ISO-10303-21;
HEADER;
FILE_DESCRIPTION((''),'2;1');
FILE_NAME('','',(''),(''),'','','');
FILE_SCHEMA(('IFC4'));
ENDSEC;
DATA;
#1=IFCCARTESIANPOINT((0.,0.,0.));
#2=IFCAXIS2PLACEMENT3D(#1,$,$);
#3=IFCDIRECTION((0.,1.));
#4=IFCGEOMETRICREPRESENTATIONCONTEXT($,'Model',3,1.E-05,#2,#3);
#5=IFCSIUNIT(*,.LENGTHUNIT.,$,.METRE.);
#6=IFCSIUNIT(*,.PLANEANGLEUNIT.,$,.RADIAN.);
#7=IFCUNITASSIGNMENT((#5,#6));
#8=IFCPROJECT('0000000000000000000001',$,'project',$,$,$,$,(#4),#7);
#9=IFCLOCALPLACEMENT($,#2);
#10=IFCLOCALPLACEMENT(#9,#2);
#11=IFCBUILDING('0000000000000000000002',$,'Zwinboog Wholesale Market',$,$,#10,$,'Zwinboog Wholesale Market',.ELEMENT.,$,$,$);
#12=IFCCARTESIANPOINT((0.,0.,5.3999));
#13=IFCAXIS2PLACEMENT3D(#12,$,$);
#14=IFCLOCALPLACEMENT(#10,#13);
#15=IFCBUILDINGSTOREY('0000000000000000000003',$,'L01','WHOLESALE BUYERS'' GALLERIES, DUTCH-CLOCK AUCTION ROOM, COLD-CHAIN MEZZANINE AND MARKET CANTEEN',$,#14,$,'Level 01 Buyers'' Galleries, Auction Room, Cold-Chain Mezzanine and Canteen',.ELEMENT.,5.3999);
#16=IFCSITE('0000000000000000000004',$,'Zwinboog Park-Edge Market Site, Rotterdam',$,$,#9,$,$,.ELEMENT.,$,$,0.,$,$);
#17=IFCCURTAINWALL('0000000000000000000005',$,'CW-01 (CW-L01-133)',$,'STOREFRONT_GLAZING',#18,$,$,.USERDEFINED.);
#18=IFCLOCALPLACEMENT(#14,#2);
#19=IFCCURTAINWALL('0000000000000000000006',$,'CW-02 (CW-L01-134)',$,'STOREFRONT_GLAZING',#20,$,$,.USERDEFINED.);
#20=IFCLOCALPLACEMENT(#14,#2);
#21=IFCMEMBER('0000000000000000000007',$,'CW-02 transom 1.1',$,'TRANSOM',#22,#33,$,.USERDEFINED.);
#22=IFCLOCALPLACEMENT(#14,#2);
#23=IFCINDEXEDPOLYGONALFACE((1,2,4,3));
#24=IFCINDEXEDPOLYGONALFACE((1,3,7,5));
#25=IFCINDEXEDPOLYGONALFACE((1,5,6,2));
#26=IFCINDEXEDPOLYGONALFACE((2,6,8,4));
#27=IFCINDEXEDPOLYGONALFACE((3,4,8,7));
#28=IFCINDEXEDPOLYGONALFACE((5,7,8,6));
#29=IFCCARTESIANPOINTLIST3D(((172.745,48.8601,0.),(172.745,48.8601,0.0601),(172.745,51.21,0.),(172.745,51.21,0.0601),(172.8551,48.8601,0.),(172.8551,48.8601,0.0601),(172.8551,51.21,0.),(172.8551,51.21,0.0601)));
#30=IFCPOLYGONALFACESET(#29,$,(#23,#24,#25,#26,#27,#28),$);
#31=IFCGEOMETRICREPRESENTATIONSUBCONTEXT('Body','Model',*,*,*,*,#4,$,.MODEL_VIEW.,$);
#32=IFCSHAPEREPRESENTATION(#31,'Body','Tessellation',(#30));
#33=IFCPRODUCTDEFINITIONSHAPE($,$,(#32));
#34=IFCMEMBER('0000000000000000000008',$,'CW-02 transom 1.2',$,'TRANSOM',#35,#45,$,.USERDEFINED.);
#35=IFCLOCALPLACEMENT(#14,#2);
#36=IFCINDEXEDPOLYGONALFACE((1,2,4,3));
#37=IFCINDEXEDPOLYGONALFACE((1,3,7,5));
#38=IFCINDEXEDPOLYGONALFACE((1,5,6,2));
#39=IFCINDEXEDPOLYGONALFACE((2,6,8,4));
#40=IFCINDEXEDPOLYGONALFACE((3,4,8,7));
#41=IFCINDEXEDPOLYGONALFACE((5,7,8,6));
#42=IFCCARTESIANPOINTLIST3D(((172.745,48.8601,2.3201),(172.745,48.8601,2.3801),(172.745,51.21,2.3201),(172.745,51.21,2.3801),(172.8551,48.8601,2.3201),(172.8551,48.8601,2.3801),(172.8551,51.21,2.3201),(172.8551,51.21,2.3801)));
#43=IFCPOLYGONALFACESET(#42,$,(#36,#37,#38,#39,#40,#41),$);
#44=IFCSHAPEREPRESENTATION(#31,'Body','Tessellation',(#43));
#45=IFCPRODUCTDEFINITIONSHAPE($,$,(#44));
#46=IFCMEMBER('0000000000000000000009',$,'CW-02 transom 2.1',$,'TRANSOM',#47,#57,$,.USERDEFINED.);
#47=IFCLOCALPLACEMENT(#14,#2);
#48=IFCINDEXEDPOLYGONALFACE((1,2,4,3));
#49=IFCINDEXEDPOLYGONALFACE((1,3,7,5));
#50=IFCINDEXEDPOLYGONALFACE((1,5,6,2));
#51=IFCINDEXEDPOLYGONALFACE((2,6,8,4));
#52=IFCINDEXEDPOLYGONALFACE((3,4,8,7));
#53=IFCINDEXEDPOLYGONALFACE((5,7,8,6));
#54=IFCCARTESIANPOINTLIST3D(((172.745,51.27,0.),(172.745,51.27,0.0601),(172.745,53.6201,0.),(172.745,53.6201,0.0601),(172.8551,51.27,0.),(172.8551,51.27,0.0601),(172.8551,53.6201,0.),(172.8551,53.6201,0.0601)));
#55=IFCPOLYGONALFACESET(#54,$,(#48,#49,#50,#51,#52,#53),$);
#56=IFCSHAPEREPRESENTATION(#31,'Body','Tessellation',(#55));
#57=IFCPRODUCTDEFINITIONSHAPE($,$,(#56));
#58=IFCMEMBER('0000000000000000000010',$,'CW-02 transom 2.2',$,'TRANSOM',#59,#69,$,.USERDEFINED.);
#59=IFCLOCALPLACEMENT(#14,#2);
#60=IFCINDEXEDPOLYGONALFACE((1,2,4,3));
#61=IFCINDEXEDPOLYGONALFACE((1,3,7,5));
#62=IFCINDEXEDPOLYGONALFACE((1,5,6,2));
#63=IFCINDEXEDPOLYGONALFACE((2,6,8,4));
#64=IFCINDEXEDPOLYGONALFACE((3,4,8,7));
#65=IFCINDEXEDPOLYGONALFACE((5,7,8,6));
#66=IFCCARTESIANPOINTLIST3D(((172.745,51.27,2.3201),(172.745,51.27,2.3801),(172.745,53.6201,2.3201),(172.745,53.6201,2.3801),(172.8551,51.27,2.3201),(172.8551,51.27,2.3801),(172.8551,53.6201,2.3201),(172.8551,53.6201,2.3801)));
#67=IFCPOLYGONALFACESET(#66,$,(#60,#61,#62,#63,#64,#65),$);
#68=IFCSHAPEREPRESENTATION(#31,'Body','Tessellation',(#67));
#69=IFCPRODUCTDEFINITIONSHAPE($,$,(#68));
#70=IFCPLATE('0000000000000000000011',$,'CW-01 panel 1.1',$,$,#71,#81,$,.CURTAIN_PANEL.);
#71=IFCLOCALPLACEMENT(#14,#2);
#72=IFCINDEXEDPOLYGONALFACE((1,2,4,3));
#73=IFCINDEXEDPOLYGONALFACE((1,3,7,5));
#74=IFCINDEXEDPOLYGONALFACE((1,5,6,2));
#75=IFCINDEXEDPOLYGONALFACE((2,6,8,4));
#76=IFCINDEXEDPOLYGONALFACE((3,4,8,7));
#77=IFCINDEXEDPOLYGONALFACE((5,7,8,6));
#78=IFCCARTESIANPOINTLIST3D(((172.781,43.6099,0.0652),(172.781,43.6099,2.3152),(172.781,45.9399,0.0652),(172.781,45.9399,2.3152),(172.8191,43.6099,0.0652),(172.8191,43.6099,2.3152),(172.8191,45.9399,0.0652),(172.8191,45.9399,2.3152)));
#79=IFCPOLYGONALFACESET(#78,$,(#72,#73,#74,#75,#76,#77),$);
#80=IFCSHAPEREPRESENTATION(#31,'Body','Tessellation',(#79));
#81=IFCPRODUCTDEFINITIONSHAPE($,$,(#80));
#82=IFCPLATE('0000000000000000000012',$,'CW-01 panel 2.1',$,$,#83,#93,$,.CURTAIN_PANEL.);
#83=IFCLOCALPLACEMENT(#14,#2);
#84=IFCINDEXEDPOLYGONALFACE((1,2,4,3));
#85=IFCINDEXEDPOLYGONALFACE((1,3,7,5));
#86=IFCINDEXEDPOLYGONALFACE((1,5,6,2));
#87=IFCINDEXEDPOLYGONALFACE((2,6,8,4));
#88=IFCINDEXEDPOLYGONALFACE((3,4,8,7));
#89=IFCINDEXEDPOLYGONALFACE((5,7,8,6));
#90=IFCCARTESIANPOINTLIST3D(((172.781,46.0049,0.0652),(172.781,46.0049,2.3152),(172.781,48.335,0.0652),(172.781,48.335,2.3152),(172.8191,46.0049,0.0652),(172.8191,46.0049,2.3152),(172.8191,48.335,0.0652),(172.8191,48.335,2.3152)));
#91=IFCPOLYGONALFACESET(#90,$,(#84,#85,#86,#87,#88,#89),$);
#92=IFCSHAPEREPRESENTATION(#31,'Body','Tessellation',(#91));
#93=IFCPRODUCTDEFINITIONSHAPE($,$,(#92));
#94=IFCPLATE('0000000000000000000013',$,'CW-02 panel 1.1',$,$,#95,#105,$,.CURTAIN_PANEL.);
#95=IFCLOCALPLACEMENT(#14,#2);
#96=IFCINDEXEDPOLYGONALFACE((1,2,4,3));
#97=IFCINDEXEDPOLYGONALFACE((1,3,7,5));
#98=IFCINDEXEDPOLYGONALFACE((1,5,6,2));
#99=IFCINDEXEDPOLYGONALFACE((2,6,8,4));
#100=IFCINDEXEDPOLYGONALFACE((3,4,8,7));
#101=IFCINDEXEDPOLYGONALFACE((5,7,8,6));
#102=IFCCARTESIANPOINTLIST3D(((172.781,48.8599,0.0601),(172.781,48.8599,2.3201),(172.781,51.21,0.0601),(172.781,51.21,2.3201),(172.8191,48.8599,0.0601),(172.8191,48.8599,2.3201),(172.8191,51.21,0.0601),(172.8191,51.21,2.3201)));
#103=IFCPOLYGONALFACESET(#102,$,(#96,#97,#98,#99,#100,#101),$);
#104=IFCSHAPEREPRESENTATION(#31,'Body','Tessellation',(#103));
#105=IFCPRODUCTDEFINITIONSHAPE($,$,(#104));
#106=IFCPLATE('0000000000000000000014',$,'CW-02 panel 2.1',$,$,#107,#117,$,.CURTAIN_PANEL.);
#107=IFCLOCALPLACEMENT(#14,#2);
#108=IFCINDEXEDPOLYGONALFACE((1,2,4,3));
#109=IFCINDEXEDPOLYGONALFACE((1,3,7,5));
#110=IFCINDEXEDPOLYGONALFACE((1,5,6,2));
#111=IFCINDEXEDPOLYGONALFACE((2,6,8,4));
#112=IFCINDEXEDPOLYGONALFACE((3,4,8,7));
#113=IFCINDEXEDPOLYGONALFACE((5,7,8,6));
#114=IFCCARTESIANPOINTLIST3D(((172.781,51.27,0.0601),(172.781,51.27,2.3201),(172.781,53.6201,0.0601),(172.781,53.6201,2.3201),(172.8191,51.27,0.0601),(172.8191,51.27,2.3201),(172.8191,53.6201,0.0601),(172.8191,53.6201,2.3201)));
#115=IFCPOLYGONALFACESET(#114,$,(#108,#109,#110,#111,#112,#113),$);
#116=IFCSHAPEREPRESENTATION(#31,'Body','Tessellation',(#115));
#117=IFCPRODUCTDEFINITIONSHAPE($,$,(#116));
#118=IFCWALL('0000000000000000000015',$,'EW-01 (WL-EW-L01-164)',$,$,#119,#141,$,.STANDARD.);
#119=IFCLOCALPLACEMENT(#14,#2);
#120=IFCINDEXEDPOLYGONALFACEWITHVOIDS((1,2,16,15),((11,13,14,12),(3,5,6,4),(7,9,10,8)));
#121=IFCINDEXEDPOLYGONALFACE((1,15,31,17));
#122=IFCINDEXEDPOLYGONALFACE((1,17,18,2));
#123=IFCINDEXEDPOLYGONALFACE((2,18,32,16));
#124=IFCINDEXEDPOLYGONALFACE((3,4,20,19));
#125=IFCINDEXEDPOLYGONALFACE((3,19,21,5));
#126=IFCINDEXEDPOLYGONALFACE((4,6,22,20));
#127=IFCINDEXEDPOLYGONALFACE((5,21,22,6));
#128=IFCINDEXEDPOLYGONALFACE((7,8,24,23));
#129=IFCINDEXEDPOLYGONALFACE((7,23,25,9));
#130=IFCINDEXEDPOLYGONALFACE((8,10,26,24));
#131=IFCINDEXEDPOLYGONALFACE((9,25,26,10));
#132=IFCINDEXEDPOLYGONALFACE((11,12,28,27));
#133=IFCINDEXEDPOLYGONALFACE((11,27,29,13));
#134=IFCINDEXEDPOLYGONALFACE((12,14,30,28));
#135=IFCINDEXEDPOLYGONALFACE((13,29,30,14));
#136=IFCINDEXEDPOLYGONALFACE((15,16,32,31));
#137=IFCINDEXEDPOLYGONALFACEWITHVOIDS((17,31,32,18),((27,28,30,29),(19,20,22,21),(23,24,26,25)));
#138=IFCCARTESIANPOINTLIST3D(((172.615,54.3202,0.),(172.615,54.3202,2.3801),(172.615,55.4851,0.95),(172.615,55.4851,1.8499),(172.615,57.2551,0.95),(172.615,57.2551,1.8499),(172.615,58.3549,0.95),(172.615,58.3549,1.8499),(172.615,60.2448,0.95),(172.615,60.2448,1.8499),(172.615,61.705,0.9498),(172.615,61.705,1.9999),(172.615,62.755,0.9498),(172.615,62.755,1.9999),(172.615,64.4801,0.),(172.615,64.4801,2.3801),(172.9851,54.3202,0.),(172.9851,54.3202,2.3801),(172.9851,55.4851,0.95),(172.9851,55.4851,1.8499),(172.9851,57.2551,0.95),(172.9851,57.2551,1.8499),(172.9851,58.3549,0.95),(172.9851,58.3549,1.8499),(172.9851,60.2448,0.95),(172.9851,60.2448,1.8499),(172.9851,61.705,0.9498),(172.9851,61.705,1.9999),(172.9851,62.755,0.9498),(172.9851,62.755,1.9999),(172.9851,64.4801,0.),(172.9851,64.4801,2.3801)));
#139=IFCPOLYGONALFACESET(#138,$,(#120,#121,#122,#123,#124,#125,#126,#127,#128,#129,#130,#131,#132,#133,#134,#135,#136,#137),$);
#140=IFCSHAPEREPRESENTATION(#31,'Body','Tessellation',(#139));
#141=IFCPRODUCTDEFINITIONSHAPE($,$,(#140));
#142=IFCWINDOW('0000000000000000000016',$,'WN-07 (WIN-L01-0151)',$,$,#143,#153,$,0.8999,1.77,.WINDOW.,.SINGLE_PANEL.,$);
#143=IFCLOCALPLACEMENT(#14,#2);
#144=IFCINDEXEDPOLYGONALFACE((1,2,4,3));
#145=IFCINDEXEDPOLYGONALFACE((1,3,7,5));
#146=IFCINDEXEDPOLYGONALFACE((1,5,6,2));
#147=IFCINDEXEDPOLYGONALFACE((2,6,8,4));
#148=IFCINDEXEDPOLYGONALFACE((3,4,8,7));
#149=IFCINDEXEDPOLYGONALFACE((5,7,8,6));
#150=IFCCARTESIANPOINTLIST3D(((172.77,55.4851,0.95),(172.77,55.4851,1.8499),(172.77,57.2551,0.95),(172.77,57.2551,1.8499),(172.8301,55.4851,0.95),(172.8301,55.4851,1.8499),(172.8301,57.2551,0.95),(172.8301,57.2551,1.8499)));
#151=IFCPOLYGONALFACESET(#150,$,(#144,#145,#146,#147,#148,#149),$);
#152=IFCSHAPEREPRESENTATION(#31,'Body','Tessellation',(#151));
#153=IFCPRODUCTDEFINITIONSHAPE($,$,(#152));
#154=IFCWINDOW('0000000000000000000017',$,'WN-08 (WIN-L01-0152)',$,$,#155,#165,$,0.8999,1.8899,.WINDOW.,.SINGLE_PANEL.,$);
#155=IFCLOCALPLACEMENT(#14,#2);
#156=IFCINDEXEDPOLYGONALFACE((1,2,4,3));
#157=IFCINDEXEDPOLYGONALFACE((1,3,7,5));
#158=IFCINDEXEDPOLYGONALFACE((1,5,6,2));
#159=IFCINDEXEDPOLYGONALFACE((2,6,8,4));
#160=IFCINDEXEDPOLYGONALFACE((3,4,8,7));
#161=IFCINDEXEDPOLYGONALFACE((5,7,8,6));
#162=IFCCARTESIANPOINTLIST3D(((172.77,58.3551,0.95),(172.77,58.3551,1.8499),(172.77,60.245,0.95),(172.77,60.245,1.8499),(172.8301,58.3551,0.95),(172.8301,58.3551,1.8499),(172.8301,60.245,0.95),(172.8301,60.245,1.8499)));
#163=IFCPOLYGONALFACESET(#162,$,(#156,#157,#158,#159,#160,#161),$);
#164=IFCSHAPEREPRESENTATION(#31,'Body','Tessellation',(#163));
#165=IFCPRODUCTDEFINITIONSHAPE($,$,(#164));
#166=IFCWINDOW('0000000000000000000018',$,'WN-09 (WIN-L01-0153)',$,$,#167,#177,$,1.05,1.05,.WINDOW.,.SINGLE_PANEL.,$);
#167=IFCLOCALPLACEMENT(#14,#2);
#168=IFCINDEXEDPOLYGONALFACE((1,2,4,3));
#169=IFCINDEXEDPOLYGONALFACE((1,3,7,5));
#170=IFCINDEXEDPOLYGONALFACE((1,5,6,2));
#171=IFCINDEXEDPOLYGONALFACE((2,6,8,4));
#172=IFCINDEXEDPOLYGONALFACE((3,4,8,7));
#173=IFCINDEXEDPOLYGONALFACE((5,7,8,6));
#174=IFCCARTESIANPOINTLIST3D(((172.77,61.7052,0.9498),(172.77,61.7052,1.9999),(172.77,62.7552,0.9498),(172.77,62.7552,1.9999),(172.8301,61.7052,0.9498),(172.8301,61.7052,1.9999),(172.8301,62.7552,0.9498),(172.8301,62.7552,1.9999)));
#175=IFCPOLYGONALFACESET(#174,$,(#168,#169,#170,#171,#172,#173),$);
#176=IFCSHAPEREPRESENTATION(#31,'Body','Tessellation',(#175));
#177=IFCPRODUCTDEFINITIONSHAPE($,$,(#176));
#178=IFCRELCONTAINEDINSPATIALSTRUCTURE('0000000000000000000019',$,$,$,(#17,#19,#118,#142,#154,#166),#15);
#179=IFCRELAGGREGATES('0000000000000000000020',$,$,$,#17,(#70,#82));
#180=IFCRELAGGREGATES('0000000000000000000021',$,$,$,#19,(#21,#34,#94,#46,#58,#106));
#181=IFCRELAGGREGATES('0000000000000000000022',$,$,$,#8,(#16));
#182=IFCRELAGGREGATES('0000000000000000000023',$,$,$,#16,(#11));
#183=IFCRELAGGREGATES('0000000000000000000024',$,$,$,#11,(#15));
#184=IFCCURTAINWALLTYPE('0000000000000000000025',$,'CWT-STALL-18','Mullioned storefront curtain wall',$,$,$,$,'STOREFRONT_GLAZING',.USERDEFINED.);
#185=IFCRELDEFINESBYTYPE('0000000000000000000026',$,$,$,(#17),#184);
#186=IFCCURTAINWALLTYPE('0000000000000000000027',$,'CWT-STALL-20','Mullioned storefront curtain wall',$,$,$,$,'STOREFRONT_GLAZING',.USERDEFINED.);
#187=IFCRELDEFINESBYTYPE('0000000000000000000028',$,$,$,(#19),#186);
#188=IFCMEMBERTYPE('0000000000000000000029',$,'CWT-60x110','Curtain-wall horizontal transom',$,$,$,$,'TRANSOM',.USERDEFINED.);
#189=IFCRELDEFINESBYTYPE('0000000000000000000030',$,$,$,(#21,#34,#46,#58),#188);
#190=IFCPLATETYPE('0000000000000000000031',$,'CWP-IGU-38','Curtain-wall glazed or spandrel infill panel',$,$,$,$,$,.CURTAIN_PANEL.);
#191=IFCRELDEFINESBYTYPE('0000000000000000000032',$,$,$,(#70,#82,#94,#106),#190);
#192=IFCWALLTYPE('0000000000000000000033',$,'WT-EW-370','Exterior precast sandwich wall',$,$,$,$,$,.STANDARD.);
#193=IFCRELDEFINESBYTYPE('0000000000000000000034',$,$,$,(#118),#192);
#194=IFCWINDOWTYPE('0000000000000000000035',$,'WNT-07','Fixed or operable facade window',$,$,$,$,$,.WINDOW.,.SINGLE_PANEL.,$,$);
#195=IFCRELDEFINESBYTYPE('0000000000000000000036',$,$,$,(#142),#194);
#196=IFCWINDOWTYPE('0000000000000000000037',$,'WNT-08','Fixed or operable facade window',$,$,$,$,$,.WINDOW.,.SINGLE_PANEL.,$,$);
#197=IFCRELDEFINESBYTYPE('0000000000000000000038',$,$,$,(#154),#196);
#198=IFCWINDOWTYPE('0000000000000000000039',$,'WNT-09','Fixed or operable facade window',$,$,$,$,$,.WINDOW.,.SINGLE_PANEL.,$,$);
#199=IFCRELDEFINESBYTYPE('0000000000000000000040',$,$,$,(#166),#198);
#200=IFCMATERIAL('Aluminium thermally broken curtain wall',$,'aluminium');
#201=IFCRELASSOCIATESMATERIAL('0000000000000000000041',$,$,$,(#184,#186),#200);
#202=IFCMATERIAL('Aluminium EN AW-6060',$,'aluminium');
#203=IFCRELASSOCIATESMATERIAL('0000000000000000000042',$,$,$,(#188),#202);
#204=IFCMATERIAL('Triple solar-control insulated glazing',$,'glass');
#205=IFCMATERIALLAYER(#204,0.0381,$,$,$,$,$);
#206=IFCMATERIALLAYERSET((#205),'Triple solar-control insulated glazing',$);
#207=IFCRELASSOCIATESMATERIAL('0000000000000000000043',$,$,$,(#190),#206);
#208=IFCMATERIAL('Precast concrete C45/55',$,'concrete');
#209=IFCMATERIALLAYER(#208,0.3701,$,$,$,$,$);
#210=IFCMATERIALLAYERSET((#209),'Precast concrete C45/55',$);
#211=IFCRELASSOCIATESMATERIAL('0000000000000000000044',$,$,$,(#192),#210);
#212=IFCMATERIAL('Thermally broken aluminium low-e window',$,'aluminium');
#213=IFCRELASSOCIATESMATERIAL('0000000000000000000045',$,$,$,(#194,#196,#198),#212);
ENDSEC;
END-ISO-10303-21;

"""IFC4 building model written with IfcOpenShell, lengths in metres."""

from ifc_helpers import new_model, si_unit, direction, frame, frame_2d, origin, origin_2d, place, context, subcontext, project, spatial, rectangle, extrude, material, layer, layer_set, material_profile, profile_set, type_object, element, fill, aggregate, save


model = new_model("IFC4")

# Units and contexts
model_context = context("Model", 3, precision=1e-05, world=origin(), true_north=direction((0.0, 1.0)))
body_context = subcontext(model_context, "Body", "Model", "MODEL_VIEW")
ifc_project = project(units=[si_unit("LENGTHUNIT", "METRE"), si_unit("PLANEANGLEUNIT", "RADIAN")], contexts=[model_context])

# Site, building, storey
site_placement = place(None, origin())
site = spatial("IfcSite", under=ifc_project, at=site_placement, Name="Zwinboog Park-Edge Market Site, Rotterdam", CompositionType="ELEMENT", RefElevation=0.0)
building_placement = place(site_placement, origin())
building = spatial("IfcBuilding", under=site, at=building_placement, Name="Zwinboog Wholesale Market", LongName="Zwinboog Wholesale Market", CompositionType="ELEMENT")
storey_placement = place(building_placement, frame((0.0, 0.0, 5.3999)))
storey = spatial("IfcBuildingStorey", under=building, at=storey_placement, Name="L01", Description="WHOLESALE BUYERS' GALLERIES, DUTCH-CLOCK AUCTION ROOM, COLD-CHAIN MEZZANINE AND MARKET CANTEEN", LongName="Level 01 Buyers' Galleries, Auction Room, Cold-Chain Mezzanine and Canteen", CompositionType="ELEMENT", Elevation=5.3999)

# Shared definitions
ifc_material_1 = material(Name="Precast concrete C45/55", Category="concrete")

# Curtain walls
ifc_material_2 = material(Name="Aluminium thermally broken curtain wall", Category="aluminium")
curtain_wall_type_1 = type_object("IfcCurtainWallType", Name="CWT-STALL-18", Description="Mullioned storefront curtain wall", ElementType="STOREFRONT_GLAZING", PredefinedType="USERDEFINED", material=ifc_material_2)
curtain_wall_1_placement = place(storey_placement, origin())
curtain_wall_1 = element("IfcCurtainWall", 1, at=curtain_wall_1_placement, inside=storey, type_object=curtain_wall_type_1, Name="CW-01 (CW-L01-133)", ObjectType="STOREFRONT_GLAZING", PredefinedType="USERDEFINED")
ifc_material_3 = material(Name="Aluminium EN AW-6060", Category="aluminium")
curtain_wall_type_2 = type_object("IfcCurtainWallType", Name="CWT-STALL-20", Description="Mullioned storefront curtain wall", ElementType="STOREFRONT_GLAZING", PredefinedType="USERDEFINED", material=ifc_material_2)
curtain_wall_2_placement = place(storey_placement, origin())
curtain_wall_2 = element("IfcCurtainWall", 2, at=curtain_wall_2_placement, inside=storey, type_object=curtain_wall_type_2, Name="CW-02 (CW-L01-134)", ObjectType="STOREFRONT_GLAZING", PredefinedType="USERDEFINED")

# Members
ifc_material_profile_1 = material_profile(ifc_material_3, rectangle(XDim=0.1101, YDim=0.0601, at=origin_2d()), Name="AL 60x110")
ifc_profile_set_1 = profile_set([ifc_material_profile_1], Name="Aluminium EN AW-6060")
member_type_1 = type_object("IfcMemberType", Name="CWT-60x110", Description="Curtain-wall horizontal transom", ElementType="TRANSOM", PredefinedType="USERDEFINED", material=ifc_profile_set_1)
member_1_placement = place(storey_placement, frame((172.8, 48.8601, 0.03), z_axis=(0.0, 1.0, 0.0), x_axis=(-1.0, 0.0, 0.0)))
member_1 = element("IfcMember", 3, at=member_1_placement, type_object=member_type_1, Name="CW-02 transom 1.1", ObjectType="TRANSOM", PredefinedType="USERDEFINED", context=body_context, shape_type="SweptSolid", body=[
    extrude(rectangle(XDim=0.1101, YDim=0.0601, at=origin_2d()), origin(), (0.0, 0.0, 1.0), 2.3499),
])
member_2_placement = place(storey_placement, frame((172.8, 48.8601, 2.3501), z_axis=(0.0, 1.0, 0.0), x_axis=(-1.0, 0.0, 0.0)))
member_2 = element("IfcMember", 4, at=member_2_placement, type_object=member_type_1, Name="CW-02 transom 1.2", ObjectType="TRANSOM", PredefinedType="USERDEFINED", context=body_context, shape_type="SweptSolid", body=[
    extrude(rectangle(XDim=0.1101, YDim=0.0601, at=origin_2d()), origin(), (0.0, 0.0, 1.0), 2.3499),
])
member_3_placement = place(storey_placement, frame((172.8, 51.27, 0.03), z_axis=(0.0, 1.0, 0.0), x_axis=(-1.0, 0.0, 0.0)))
member_3 = element("IfcMember", 5, at=member_3_placement, type_object=member_type_1, Name="CW-02 transom 2.1", ObjectType="TRANSOM", PredefinedType="USERDEFINED", context=body_context, shape_type="SweptSolid", body=[
    extrude(rectangle(XDim=0.1101, YDim=0.0601, at=origin_2d()), origin(), (0.0, 0.0, 1.0), 2.3501),
])
member_4_placement = place(storey_placement, frame((172.8, 51.27, 2.3501), z_axis=(0.0, 1.0, 0.0), x_axis=(-1.0, 0.0, 0.0)))
member_4 = element("IfcMember", 6, at=member_4_placement, type_object=member_type_1, Name="CW-02 transom 2.2", ObjectType="TRANSOM", PredefinedType="USERDEFINED", context=body_context, shape_type="SweptSolid", body=[
    extrude(rectangle(XDim=0.1101, YDim=0.0601, at=origin_2d()), origin(), (0.0, 0.0, 1.0), 2.3501),
])

# Plates
ifc_material_4 = material(Name="Triple solar-control insulated glazing", Category="glass")
ifc_layer_1 = layer(ifc_material_4, 0.0381)
ifc_layer_set_1 = layer_set([ifc_layer_1], Name="Triple solar-control insulated glazing")
plate_type = type_object("IfcPlateType", Name="CWP-IGU-38", Description="Curtain-wall glazed or spandrel infill panel", PredefinedType="CURTAIN_PANEL", material=ifc_layer_set_1)
plate_1_placement = place(storey_placement, frame((172.8, 44.7749, 0.0652), z_axis=(0.0, 0.0, 1.0), x_axis=(0.0, 1.0, 0.0)))
plate_1 = element("IfcPlate", 7, at=plate_1_placement, type_object=plate_type, Name="CW-01 panel 1.1", PredefinedType="CURTAIN_PANEL", context=body_context, shape_type="SweptSolid", body=[
    extrude(rectangle(XDim=2.3301, YDim=0.0381, at=origin_2d()), origin(), (0.0, 0.0, 1.0), 2.25),
])
plate_2_placement = place(storey_placement, frame((172.8, 47.1699, 0.0652), z_axis=(0.0, 0.0, 1.0), x_axis=(0.0, 1.0, 0.0)))
plate_2 = element("IfcPlate", 8, at=plate_2_placement, type_object=plate_type, Name="CW-01 panel 2.1", PredefinedType="CURTAIN_PANEL", context=body_context, shape_type="SweptSolid", body=[
    extrude(rectangle(XDim=2.3301, YDim=0.0381, at=origin_2d()), origin(), (0.0, 0.0, 1.0), 2.25),
])
aggregate(curtain_wall_1, [plate_1, plate_2])
plate_3_placement = place(storey_placement, frame((172.8, 50.0349, 0.0601), z_axis=(0.0, 0.0, 1.0), x_axis=(0.0, 1.0, 0.0)))
plate_3 = element("IfcPlate", 9, at=plate_3_placement, type_object=plate_type, Name="CW-02 panel 1.1", PredefinedType="CURTAIN_PANEL", context=body_context, shape_type="SweptSolid", body=[
    extrude(rectangle(XDim=2.3501, YDim=0.0381, at=origin_2d()), origin(), (0.0, 0.0, 1.0), 2.26),
])
plate_4_placement = place(storey_placement, frame((172.8, 52.4451, 0.0601), z_axis=(0.0, 0.0, 1.0), x_axis=(0.0, 1.0, 0.0)))
plate_4 = element("IfcPlate", 10, at=plate_4_placement, type_object=plate_type, Name="CW-02 panel 2.1", PredefinedType="CURTAIN_PANEL", context=body_context, shape_type="SweptSolid", body=[
    extrude(rectangle(XDim=2.3501, YDim=0.0381, at=origin_2d()), origin(), (0.0, 0.0, 1.0), 2.26),
])
aggregate(curtain_wall_2, [member_1, member_2, plate_3, member_3, member_4, plate_4])

# Wall, openings, windows
ifc_layer_2 = layer(ifc_material_1, 0.3701)
ifc_layer_set_2 = layer_set([ifc_layer_2], Name="Precast concrete C45/55")
wall_type_1 = type_object("IfcWallType", Name="WT-EW-370", Description="Exterior precast sandwich wall", PredefinedType="STANDARD", material=ifc_layer_set_2)
wall_1_placement = place(storey_placement, frame((172.8, 54.3201, 0.0), z_axis=(0.0, 0.0, 1.0), x_axis=(0.0, 1.0, 0.0)))
wall_1 = element("IfcWall", 11, at=wall_1_placement, inside=storey, type_object=wall_type_1, Name="EW-01 (WL-EW-L01-164)", PredefinedType="STANDARD", context=body_context, shape_type="SweptSolid", body=[
    extrude(rectangle(XDim=10.1599, YDim=0.3701, at=frame_2d((5.0801, 0.0))), origin(), (0.0, 0.0, 1.0), 2.3801),
])
opening_1_placement = place(wall_1_placement, frame((1.165, 0.0, 0.95)))
opening_1 = element("IfcOpeningElement", 12, at=opening_1_placement, cuts=wall_1, PredefinedType="OPENING", context=body_context, shape_type="SweptSolid", body=[
    extrude(rectangle(XDim=1.77, YDim=0.8999, at=frame_2d((0.885, 0.45))), frame((0.0, 0.1951, 0.0), z_axis=(0.0, -1.0, 0.0), x_axis=(1.0, 0.0, 0.0)), (0.0, 0.0, 1.0), 0.3901),
])
opening_2_placement = place(wall_1_placement, frame((4.0349, 0.0, 0.95)))
opening_2 = element("IfcOpeningElement", 13, at=opening_2_placement, cuts=wall_1, PredefinedType="OPENING", context=body_context, shape_type="SweptSolid", body=[
    extrude(rectangle(XDim=1.8899, YDim=0.8999, at=frame_2d((0.9448, 0.45))), frame((0.0, 0.1951, 0.0), z_axis=(0.0, -1.0, 0.0), x_axis=(1.0, 0.0, 0.0)), (0.0, 0.0, 1.0), 0.3901),
])
opening_3_placement = place(wall_1_placement, frame((7.385, 0.0, 0.95)))
opening_3 = element("IfcOpeningElement", 14, at=opening_3_placement, cuts=wall_1, PredefinedType="OPENING", context=body_context, shape_type="SweptSolid", body=[
    extrude(rectangle(XDim=1.05, YDim=1.05, at=frame_2d((0.5249, 0.5249))), frame((0.0, 0.1951, 0.0), z_axis=(0.0, -1.0, 0.0), x_axis=(1.0, 0.0, 0.0)), (0.0, 0.0, 1.0), 0.3901),
])
ifc_material_5 = material(Name="Thermally broken aluminium low-e window", Category="aluminium")
window_type_1 = type_object("IfcWindowType", Name="WNT-07", Description="Fixed or operable facade window", PartitioningType="SINGLE_PANEL", PredefinedType="WINDOW", material=ifc_material_5)
window_1_placement = place(opening_1_placement, frame((1.77, 0.0, 0.0), z_axis=(0.0, 0.0, 1.0), x_axis=(-1.0, 0.0, 0.0)))
window_1 = element("IfcWindow", 15, at=window_1_placement, inside=storey, type_object=window_type_1, Name="WN-07 (WIN-L01-0151)", OverallHeight=0.8999, OverallWidth=1.77, PartitioningType="SINGLE_PANEL", PredefinedType="WINDOW", context=body_context, shape_type="SweptSolid", body=[
    extrude(rectangle(XDim=1.77, YDim=0.8999, at=frame_2d((0.885, 0.45))), frame((0.0, 0.03, 0.0), z_axis=(0.0, -1.0, 0.0), x_axis=(1.0, 0.0, 0.0)), (0.0, 0.0, 1.0), 0.0601),
])
fill(opening_1, window_1)
window_type_2 = type_object("IfcWindowType", Name="WNT-08", Description="Fixed or operable facade window", PartitioningType="SINGLE_PANEL", PredefinedType="WINDOW", material=ifc_material_5)
window_2_placement = place(opening_2_placement, frame((1.8899, 0.0, 0.0), z_axis=(0.0, 0.0, 1.0), x_axis=(-1.0, 0.0, 0.0)))
window_2 = element("IfcWindow", 16, at=window_2_placement, inside=storey, type_object=window_type_2, Name="WN-08 (WIN-L01-0152)", OverallHeight=0.8999, OverallWidth=1.8899, PartitioningType="SINGLE_PANEL", PredefinedType="WINDOW", context=body_context, shape_type="SweptSolid", body=[
    extrude(rectangle(XDim=1.8899, YDim=0.8999, at=frame_2d((0.9448, 0.45))), frame((0.0, 0.03, 0.0), z_axis=(0.0, -1.0, 0.0), x_axis=(1.0, 0.0, 0.0)), (0.0, 0.0, 1.0), 0.0601),
])
fill(opening_2, window_2)
window_type_3 = type_object("IfcWindowType", Name="WNT-09", Description="Fixed or operable facade window", PartitioningType="SINGLE_PANEL", PredefinedType="WINDOW", material=ifc_material_5)
window_3_placement = place(opening_3_placement, frame((1.05, 0.0, 0.0), z_axis=(0.0, 0.0, 1.0), x_axis=(-1.0, 0.0, 0.0)))
window_3 = element("IfcWindow", 17, at=window_3_placement, inside=storey, type_object=window_type_3, Name="WN-09 (WIN-L01-0153)", OverallHeight=1.05, OverallWidth=1.05, PartitioningType="SINGLE_PANEL", PredefinedType="WINDOW", context=body_context, shape_type="SweptSolid", body=[
    extrude(rectangle(XDim=1.05, YDim=1.05, at=frame_2d((0.5249, 0.5249))), frame((0.0, 0.03, 0.0), z_axis=(0.0, -1.0, 0.0), x_axis=(1.0, 0.0, 0.0)), (0.0, 0.0, 1.0), 0.0601),
])
fill(opening_3, window_3)

save(model, "model.ifc")
